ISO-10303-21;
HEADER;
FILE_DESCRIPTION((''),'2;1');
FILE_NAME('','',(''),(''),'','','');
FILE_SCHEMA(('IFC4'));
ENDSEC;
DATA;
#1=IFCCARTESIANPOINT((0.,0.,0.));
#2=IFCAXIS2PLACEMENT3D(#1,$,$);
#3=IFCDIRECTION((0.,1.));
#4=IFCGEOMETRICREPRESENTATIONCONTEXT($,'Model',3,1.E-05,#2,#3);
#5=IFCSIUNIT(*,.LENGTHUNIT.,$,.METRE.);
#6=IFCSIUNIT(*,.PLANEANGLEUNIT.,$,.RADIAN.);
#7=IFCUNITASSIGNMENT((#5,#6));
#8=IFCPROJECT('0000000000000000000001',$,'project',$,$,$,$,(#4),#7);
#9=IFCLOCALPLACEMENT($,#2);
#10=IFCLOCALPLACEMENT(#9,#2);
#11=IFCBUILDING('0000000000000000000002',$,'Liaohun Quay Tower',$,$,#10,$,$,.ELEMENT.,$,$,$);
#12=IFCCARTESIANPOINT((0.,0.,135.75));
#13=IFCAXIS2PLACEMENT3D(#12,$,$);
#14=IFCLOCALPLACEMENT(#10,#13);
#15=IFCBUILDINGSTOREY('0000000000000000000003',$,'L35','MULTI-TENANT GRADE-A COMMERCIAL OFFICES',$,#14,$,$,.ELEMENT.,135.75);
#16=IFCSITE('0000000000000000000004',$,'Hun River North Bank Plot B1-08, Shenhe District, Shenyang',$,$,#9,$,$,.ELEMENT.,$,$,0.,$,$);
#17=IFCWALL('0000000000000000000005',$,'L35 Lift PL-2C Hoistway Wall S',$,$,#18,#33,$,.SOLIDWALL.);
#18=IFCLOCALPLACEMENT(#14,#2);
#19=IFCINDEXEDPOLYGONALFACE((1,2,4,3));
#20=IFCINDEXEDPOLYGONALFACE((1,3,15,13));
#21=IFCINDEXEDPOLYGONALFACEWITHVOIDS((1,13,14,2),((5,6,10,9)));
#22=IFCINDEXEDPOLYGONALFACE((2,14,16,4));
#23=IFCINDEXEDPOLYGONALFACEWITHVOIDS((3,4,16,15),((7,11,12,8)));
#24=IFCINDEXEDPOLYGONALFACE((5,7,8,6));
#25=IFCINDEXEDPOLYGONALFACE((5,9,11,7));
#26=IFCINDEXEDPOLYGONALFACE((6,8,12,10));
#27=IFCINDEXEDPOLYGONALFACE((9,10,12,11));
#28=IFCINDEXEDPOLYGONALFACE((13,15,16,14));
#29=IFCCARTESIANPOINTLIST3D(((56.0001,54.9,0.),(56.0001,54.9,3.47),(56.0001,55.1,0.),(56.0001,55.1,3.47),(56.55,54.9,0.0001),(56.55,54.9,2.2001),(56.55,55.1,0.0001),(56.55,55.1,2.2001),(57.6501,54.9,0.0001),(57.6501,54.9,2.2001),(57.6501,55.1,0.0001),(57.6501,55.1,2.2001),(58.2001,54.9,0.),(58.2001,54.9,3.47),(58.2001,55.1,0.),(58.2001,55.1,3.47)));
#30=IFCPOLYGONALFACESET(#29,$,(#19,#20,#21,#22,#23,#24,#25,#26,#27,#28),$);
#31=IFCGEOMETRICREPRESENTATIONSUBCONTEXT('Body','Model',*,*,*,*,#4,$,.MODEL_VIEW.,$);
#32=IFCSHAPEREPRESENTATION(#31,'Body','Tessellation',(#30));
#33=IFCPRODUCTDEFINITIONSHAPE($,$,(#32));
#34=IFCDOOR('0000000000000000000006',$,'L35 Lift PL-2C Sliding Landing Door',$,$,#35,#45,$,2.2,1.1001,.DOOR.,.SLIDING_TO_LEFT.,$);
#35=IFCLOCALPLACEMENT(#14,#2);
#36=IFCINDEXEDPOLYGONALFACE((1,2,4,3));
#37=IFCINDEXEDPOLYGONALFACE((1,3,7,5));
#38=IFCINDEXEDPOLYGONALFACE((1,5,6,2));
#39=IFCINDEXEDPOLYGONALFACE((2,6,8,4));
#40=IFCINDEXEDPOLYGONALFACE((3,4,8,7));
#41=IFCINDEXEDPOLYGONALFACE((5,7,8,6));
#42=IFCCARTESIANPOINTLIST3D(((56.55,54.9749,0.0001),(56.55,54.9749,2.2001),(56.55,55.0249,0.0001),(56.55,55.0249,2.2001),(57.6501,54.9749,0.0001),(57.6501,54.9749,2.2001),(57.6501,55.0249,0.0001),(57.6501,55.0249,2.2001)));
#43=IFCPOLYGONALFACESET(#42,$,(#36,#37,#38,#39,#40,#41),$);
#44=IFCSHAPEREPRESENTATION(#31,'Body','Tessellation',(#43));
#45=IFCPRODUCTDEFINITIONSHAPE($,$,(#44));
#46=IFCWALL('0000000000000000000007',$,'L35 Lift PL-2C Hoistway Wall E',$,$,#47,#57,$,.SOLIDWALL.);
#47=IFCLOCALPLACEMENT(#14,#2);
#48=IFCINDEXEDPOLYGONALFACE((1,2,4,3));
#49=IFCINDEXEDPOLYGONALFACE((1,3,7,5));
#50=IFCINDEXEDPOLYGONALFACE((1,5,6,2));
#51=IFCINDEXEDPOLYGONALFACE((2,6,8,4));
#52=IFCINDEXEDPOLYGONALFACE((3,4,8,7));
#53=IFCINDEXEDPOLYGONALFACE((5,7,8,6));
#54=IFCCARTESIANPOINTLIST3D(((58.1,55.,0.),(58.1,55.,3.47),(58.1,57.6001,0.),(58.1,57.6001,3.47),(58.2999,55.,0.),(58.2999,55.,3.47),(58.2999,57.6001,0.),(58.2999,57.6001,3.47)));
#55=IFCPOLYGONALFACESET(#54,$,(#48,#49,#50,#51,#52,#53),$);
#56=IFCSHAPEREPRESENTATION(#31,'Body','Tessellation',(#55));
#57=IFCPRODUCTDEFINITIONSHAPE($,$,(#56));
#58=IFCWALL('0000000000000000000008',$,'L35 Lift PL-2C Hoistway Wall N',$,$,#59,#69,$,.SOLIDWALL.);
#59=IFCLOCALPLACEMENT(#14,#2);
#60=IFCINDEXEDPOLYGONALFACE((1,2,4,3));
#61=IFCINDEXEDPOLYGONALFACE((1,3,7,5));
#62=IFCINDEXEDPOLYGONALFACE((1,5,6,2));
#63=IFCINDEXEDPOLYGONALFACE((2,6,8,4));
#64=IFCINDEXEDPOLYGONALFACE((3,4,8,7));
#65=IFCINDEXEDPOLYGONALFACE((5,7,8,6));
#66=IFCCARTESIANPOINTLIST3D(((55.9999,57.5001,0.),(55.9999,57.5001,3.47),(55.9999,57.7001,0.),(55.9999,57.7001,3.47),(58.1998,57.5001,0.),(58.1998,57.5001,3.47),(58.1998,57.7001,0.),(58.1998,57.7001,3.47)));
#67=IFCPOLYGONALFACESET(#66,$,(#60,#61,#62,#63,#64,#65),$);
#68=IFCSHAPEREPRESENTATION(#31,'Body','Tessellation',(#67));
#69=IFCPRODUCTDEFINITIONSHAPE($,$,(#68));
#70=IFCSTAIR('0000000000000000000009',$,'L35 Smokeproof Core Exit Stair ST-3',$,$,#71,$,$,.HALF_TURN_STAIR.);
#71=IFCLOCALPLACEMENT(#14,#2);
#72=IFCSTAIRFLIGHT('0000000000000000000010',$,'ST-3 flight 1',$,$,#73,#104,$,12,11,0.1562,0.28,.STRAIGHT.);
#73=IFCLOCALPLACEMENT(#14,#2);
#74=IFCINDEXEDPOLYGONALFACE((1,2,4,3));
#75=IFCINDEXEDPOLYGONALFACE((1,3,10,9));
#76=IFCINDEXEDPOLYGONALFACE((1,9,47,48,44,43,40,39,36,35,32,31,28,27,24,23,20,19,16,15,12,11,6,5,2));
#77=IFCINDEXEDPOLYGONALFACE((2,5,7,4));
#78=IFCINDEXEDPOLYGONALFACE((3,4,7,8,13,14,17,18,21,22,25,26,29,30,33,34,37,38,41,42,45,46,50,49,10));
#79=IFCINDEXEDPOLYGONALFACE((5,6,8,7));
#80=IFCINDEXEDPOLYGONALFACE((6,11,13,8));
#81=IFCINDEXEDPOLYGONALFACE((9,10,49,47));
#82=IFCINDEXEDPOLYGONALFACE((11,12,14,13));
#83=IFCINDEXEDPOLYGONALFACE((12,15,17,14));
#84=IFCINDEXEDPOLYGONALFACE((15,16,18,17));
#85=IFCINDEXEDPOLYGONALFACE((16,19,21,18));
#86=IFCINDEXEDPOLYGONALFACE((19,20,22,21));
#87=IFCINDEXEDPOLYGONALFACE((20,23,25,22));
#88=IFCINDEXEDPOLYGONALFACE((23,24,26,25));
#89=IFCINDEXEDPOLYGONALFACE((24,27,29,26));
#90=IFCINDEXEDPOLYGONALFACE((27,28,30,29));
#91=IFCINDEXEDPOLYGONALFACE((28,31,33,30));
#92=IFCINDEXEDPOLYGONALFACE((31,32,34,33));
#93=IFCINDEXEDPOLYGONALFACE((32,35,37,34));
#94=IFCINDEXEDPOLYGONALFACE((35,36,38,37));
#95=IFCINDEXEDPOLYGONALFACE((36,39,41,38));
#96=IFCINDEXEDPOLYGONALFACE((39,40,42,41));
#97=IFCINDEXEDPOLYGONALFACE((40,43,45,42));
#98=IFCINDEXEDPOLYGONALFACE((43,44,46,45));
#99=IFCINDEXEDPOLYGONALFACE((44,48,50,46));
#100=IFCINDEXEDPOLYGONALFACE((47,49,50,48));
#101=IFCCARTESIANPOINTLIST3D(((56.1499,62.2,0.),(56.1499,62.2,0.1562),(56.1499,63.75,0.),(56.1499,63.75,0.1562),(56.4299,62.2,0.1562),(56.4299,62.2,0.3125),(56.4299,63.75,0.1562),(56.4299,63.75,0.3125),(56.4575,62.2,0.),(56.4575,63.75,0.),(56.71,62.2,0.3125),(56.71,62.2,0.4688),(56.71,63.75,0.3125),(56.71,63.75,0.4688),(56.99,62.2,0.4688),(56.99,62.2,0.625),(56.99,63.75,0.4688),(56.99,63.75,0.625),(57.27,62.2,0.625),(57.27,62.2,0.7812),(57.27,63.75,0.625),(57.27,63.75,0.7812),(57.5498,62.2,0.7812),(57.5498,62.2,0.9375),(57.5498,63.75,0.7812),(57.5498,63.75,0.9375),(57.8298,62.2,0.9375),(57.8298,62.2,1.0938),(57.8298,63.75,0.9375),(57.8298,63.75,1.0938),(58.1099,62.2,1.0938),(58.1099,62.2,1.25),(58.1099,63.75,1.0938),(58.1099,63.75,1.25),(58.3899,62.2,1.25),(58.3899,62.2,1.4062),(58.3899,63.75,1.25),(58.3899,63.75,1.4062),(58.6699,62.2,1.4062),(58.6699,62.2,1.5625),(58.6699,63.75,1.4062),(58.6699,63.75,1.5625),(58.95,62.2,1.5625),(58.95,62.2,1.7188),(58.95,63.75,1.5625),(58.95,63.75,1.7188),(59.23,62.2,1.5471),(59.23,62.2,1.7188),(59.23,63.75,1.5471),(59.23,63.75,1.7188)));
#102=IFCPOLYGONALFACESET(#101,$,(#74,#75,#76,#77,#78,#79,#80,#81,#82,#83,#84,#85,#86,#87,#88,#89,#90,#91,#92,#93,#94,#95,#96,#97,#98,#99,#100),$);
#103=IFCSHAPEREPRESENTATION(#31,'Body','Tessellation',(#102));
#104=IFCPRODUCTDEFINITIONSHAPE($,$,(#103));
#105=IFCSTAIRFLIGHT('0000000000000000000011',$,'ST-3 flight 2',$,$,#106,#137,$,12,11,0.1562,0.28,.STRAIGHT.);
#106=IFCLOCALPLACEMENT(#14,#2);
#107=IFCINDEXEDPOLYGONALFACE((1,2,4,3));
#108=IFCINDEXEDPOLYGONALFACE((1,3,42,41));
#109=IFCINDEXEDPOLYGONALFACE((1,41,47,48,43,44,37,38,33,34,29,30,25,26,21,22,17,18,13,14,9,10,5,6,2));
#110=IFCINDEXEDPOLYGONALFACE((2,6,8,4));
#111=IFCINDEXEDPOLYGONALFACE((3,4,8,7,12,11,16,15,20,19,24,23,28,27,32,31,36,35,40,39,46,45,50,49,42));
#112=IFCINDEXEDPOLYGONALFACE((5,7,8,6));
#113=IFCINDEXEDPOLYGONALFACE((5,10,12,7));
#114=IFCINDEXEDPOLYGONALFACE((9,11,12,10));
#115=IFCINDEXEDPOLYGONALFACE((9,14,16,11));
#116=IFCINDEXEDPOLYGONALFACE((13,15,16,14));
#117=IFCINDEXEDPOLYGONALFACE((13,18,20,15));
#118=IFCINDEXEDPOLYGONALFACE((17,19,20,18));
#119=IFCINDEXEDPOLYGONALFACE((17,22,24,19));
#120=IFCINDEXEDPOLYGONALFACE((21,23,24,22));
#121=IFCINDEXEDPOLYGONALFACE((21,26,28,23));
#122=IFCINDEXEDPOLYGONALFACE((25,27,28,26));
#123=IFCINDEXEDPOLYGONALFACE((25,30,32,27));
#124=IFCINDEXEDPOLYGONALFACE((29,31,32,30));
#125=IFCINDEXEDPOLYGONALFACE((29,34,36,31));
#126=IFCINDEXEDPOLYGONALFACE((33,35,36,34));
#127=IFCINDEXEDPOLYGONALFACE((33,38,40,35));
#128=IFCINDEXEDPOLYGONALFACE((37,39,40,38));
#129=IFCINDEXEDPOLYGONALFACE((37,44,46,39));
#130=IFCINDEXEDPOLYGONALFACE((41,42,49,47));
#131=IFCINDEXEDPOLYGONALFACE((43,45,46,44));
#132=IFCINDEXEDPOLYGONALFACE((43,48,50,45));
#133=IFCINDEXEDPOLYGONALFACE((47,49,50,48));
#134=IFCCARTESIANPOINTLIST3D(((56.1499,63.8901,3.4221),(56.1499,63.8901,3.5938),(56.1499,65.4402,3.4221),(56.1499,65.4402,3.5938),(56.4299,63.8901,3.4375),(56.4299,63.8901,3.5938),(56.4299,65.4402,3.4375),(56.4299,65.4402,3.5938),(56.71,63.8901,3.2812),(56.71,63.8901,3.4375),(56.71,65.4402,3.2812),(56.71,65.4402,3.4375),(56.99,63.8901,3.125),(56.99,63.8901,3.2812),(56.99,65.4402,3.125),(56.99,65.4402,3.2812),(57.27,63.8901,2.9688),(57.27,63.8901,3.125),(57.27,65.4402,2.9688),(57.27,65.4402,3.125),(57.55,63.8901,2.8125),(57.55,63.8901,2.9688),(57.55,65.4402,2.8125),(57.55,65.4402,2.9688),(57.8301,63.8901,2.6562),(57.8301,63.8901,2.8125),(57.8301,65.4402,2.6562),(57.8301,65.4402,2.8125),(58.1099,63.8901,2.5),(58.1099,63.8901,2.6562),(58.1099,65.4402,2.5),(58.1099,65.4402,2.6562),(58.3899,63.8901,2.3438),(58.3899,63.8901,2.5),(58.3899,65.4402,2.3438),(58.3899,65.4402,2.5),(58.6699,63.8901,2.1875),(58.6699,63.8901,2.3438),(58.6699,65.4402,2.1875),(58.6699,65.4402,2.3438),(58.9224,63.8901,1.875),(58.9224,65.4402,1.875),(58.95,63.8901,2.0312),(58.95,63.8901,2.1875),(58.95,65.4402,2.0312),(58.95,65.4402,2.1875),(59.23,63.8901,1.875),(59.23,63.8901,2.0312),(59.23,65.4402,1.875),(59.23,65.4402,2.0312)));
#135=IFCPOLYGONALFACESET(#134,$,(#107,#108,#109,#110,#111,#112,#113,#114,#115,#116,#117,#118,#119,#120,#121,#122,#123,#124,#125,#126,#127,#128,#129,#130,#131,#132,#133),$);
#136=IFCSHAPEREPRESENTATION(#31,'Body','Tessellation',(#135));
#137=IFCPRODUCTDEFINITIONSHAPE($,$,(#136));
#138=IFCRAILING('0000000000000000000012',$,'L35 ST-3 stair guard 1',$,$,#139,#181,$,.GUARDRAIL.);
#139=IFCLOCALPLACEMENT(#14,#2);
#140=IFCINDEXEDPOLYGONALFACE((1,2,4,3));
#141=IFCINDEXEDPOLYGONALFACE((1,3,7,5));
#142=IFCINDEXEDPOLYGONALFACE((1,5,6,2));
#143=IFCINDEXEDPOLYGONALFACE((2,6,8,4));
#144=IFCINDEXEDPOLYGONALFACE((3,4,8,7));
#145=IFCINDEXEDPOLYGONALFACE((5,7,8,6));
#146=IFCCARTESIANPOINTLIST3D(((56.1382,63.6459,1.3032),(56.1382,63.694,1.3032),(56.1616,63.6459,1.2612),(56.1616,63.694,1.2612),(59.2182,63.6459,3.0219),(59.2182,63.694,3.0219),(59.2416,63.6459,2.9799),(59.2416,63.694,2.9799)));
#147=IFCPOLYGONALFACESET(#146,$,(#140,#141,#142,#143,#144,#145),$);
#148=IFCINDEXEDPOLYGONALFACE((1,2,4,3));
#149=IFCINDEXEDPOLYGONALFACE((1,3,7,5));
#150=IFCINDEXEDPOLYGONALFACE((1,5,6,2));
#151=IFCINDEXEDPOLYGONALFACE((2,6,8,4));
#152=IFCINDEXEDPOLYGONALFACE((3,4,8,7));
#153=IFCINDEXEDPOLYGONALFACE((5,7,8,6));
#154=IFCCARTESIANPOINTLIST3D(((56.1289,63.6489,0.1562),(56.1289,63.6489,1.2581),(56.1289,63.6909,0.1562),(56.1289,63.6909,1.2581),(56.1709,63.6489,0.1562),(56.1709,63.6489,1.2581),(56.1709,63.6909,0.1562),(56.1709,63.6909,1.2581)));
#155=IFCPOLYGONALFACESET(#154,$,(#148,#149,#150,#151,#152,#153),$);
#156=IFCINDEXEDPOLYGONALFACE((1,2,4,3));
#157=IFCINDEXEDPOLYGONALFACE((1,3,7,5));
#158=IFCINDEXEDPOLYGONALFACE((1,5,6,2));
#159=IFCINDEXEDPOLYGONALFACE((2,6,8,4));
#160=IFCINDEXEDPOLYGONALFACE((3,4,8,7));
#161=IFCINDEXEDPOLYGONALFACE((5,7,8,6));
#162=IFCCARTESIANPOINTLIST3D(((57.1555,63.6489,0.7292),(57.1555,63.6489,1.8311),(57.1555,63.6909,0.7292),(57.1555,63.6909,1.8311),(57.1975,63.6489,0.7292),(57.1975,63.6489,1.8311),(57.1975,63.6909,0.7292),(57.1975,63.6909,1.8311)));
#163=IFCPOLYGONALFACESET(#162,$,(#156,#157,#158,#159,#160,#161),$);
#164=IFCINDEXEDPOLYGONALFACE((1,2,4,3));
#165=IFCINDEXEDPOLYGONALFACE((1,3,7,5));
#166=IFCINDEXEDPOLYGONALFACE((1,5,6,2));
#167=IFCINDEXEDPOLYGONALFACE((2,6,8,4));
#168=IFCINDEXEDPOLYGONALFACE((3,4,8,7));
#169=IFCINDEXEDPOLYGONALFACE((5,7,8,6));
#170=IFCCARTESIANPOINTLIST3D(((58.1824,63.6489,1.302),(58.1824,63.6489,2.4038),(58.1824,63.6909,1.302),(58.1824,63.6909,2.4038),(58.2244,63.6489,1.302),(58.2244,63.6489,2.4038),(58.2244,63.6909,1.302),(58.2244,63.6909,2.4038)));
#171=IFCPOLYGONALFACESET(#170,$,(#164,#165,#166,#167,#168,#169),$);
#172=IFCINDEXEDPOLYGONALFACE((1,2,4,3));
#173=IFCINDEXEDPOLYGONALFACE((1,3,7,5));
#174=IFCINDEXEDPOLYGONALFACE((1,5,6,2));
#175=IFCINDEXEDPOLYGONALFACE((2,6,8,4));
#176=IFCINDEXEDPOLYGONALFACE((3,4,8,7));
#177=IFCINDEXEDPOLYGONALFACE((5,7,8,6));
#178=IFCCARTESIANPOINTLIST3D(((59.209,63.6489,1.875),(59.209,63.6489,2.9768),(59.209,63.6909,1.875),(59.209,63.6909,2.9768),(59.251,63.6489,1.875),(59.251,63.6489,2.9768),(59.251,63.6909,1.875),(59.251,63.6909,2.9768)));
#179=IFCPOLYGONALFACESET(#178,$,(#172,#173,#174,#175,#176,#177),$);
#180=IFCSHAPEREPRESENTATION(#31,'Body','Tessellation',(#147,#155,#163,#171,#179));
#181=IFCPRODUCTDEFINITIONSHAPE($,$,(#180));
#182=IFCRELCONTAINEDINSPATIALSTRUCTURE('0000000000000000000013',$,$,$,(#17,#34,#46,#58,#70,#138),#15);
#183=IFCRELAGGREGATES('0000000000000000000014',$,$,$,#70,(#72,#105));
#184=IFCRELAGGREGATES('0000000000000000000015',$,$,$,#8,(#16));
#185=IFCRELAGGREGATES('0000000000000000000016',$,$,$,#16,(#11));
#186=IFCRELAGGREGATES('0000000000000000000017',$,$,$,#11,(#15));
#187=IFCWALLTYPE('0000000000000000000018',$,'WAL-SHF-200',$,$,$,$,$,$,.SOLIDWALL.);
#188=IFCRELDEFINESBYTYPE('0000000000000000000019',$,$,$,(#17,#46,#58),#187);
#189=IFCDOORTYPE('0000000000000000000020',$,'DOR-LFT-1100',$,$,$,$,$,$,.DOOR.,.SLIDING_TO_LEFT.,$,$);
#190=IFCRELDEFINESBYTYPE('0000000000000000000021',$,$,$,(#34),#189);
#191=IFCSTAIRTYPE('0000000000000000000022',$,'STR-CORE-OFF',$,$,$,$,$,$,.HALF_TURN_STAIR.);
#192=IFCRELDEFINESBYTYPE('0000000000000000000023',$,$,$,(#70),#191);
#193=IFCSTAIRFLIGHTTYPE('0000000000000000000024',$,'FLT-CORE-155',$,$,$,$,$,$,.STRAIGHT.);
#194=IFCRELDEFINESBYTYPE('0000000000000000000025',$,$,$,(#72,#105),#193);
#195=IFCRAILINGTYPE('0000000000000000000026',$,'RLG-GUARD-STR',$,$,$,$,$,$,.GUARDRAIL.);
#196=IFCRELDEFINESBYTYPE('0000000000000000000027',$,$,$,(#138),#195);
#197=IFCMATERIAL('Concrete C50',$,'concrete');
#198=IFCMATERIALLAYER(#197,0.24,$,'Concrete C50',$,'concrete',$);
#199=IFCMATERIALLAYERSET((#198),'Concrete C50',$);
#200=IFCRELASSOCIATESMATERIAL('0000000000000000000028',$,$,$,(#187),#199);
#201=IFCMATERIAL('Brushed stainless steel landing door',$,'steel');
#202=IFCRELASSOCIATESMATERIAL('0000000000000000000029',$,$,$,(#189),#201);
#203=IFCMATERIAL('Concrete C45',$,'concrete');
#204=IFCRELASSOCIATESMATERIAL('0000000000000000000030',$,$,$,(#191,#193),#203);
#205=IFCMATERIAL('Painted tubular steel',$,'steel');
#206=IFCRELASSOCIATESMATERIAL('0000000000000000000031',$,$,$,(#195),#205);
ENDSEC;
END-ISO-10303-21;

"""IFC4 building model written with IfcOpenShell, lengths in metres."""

from ifc_helpers import new_model, si_unit, direction, frame, frame_2d, origin, origin_2d, place, context, subcontext, project, spatial, polyline, rectangle, outline, extrude, source, transform, mapped, material, layer, layer_set, type_object, element, fill, aggregate, save


model = new_model("IFC4")

# Units and contexts
model_context = context("Model", 3, precision=1e-05, world=origin(), true_north=direction((0.0, 1.0)))
body_context = subcontext(model_context, "Body", "Model", "MODEL_VIEW")
ifc_project = project(units=[si_unit("LENGTHUNIT", "METRE"), si_unit("PLANEANGLEUNIT", "RADIAN")], contexts=[model_context])

# Site, building, storey
site_placement = place(None, origin())
site = spatial("IfcSite", under=ifc_project, at=site_placement, Name="Hun River North Bank Plot B1-08, Shenhe District, Shenyang", CompositionType="ELEMENT", RefElevation=0.0)
building_placement = place(site_placement, origin())
building = spatial("IfcBuilding", under=site, at=building_placement, Name="Liaohun Quay Tower", CompositionType="ELEMENT")
storey_placement = place(building_placement, frame((0.0, 0.0, 135.75)))
storey = spatial("IfcBuildingStorey", under=building, at=storey_placement, Name="L35", Description="MULTI-TENANT GRADE-A COMMERCIAL OFFICES", CompositionType="ELEMENT", Elevation=135.75)

# Shared definitions
ifc_material_1 = material(Name="Concrete C50", Category="concrete")
ifc_layer_1 = layer(ifc_material_1, 0.24, Name="Concrete C50", Category="concrete")
ifc_layer_set_1 = layer_set([ifc_layer_1], Name="Concrete C50")
wall_type_1 = type_object("IfcWallType", Name="WAL-SHF-200", PredefinedType="SOLIDWALL", material=ifc_layer_set_1)

# Shared definitions
shared_shape_1 = source(origin(), body_context, "Body", "SweptSolid", [
    extrude(rectangle(XDim=1.1001, YDim=2.2, at=frame_2d((0.55, 1.1001))), frame((0.0, 0.1099, 0.0), z_axis=(0.0, -1.0, 0.0), x_axis=(1.0, 0.0, 0.0)), (0.0, 0.0, 1.0), 0.22),
])
ifc_material_2 = material(Name="Brushed stainless steel landing door", Category="steel")
door_type_1 = type_object("IfcDoorType", Name="DOR-LFT-1100", OperationType="SLIDING_TO_LEFT", PredefinedType="DOOR", material=ifc_material_2)
shared_shape_2 = source(origin(), body_context, "Body", "SweptSolid", [
    extrude(rectangle(XDim=1.1001, YDim=2.2, at=frame_2d((0.55, 1.1001))), frame((0.0, 0.0249, 0.0), z_axis=(0.0, -1.0, 0.0), x_axis=(1.0, 0.0, 0.0)), (0.0, 0.0, 1.0), 0.05),
])

# Wall, opening, door
wall_1_placement = place(storey_placement, frame((56.0, 55.0, 0.0), z_axis=(0.0, 0.0, 1.0), x_axis=(1.0, 0.0, 0.0)))
wall_1 = element("IfcWall", 1, at=wall_1_placement, inside=storey, type_object=wall_type_1, Name="L35 Lift PL-2C Hoistway Wall S", PredefinedType="SOLIDWALL", context=body_context, shape_type="SweptSolid", body=[
    extrude(rectangle(XDim=2.2, YDim=0.2, at=frame_2d((1.1001, 0.0))), origin(), (0.0, 0.0, 1.0), 3.47),
])
opening_1_placement = place(wall_1_placement, frame((0.55, 0.0, 0.0)))
opening_1 = element("IfcOpeningElement", 2, at=opening_1_placement, cuts=wall_1, PredefinedType="OPENING", context=body_context, shape_type="MappedRepresentation", body=[
    mapped(shared_shape_1, transform((0.0, 0.0, 0.0), x_axis=(1.0, 0.0, 0.0), y_axis=(0.0, 1.0, 0.0), z_axis=(0.0, 0.0, 1.0), scale=1.0)),
])
door_1_placement = place(opening_1_placement, origin())
door_1 = element("IfcDoor", 3, at=door_1_placement, inside=storey, type_object=door_type_1, Name="L35 Lift PL-2C Sliding Landing Door", OperationType="SLIDING_TO_LEFT", OverallHeight=2.2, OverallWidth=1.1001, PredefinedType="DOOR", context=body_context, shape_type="MappedRepresentation", body=[
    mapped(shared_shape_2, transform((0.0, 0.0, 0.0), x_axis=(1.0, 0.0, 0.0), y_axis=(0.0, 1.0, 0.0), z_axis=(0.0, 0.0, 1.0), scale=1.0)),
])
fill(opening_1, door_1)

# Walls
wall_2_placement = place(storey_placement, frame((58.2, 55.0, 0.0), z_axis=(0.0, 0.0, 1.0), x_axis=(0.0, 1.0, 0.0)))
element("IfcWall", 4, at=wall_2_placement, inside=storey, type_object=wall_type_1, Name="L35 Lift PL-2C Hoistway Wall E", PredefinedType="SOLIDWALL", context=body_context, shape_type="SweptSolid", body=[
    extrude(rectangle(XDim=2.6001, YDim=0.2, at=frame_2d((1.3, 0.0))), origin(), (0.0, 0.0, 1.0), 3.47),
])
wall_3_placement = place(storey_placement, frame((58.2, 57.6001, 0.0), z_axis=(0.0, 0.0, 1.0), x_axis=(-1.0, 0.0, 0.0)))
element("IfcWall", 5, at=wall_3_placement, inside=storey, type_object=wall_type_1, Name="L35 Lift PL-2C Hoistway Wall N", PredefinedType="SOLIDWALL", context=body_context, shape_type="SweptSolid", body=[
    extrude(rectangle(XDim=2.2, YDim=0.2, at=frame_2d((1.1001, 0.0))), origin(), (0.0, 0.0, 1.0), 3.47),
])

# Stair, stair flights
ifc_material_3 = material(Name="Concrete C45", Category="concrete")
stair_type = type_object("IfcStairType", Name="STR-CORE-OFF", PredefinedType="HALF_TURN_STAIR", material=ifc_material_3)
stair_placement = place(storey_placement, origin())
stair = element("IfcStair", 6, at=stair_placement, inside=storey, type_object=stair_type, Name="L35 Smokeproof Core Exit Stair ST-3", PredefinedType="HALF_TURN_STAIR")
stair_flight_type = type_object("IfcStairFlightType", Name="FLT-CORE-155", PredefinedType="STRAIGHT", material=ifc_material_3)
stair_flight_1_placement = place(storey_placement, frame((56.1499, 62.9751, 0.0), z_axis=(0.0, 0.0, 1.0), x_axis=(1.0, 0.0, 0.0)))
stair_flight_1 = element("IfcStairFlight", 7, at=stair_flight_1_placement, type_object=stair_flight_type, Name="ST-3 flight 1", NumberOfRisers=12, NumberOfTreads=11, PredefinedType="STRAIGHT", RiserHeight=0.1562, TreadLength=0.28, context=body_context, shape_type="SweptSolid", body=[
    extrude(outline(polyline([(0.0, 0.0), (0.0, 0.1562), (0.28, 0.1562), (0.28, 0.3125), (0.5601, 0.3125), (0.5601, 0.4688), (0.8401, 0.4688), (0.8401, 0.625), (1.1201, 0.625), (1.1201, 0.7812), (1.3999, 0.7812), (1.3999, 0.9375), (1.6799, 0.9375), (1.6799, 1.0938), (1.96, 1.0938), (1.96, 1.25), (2.24, 1.25), (2.24, 1.4062), (2.52, 1.4062), (2.52, 1.5625), (2.8, 1.5625), (2.8, 1.7188), (3.0801, 1.7188), (3.0801, 1.875), (3.0801, 1.5471), (0.3076, 0.0), (0.0, 0.0)])), frame((0.0, 0.7749, 0.0), z_axis=(0.0, -1.0, 0.0), x_axis=(1.0, 0.0, 0.0)), (0.0, 0.0, 1.0), 1.55),
])
stair_flight_2_placement = place(storey_placement, frame((59.23, 64.665, 1.875), z_axis=(0.0, 0.0, 1.0), x_axis=(-1.0, 0.0, 0.0)))
stair_flight_2 = element("IfcStairFlight", 8, at=stair_flight_2_placement, type_object=stair_flight_type, Name="ST-3 flight 2", NumberOfRisers=12, NumberOfTreads=11, PredefinedType="STRAIGHT", RiserHeight=0.1562, TreadLength=0.28, context=body_context, shape_type="SweptSolid", body=[
    extrude(outline(polyline([(0.0, 0.0), (0.0, 0.1562), (0.28, 0.1562), (0.28, 0.3125), (0.5601, 0.3125), (0.5601, 0.4688), (0.8401, 0.4688), (0.8401, 0.625), (1.1201, 0.625), (1.1201, 0.7812), (1.3999, 0.7812), (1.3999, 0.9375), (1.6799, 0.9375), (1.6799, 1.0938), (1.96, 1.0938), (1.96, 1.25), (2.24, 1.25), (2.24, 1.4062), (2.52, 1.4062), (2.52, 1.5625), (2.8, 1.5625), (2.8, 1.7188), (3.0801, 1.7188), (3.0801, 1.875), (3.0801, 1.5471), (0.3076, 0.0), (0.0, 0.0)])), frame((0.0, 0.7749, 0.0), z_axis=(0.0, -1.0, 0.0), x_axis=(1.0, 0.0, 0.0)), (0.0, 0.0, 1.0), 1.55),
])
aggregate(stair, [stair_flight_1, stair_flight_2])

# Railing
ifc_material_4 = material(Name="Painted tubular steel", Category="steel")
railing_type_1 = type_object("IfcRailingType", Name="RLG-GUARD-STR", PredefinedType="GUARDRAIL", material=ifc_material_4)
railing_1_placement = place(storey_placement, frame((56.1499, 63.6699, 0.1562)))
element("IfcRailing", 9, at=railing_1_placement, inside=storey, type_object=railing_type_1, Name="L35 ST-3 stair guard 1", PredefinedType="GUARDRAIL", context=body_context, shape_type="SweptSolid", body=[
    extrude(rectangle(XDim=0.0481, YDim=0.0481, at=origin_2d()), frame((0.0, 0.0, 1.126), z_axis=(0.873242, 0.0, 0.487288), x_axis=(0.0, 1.0, 0.0)), (0.0, 0.0, 1.0), 3.5271),
    extrude(rectangle(XDim=0.042, YDim=0.042, at=origin_2d()), origin(), (0.0, 0.0, 1.0), 1.1018),
    extrude(rectangle(XDim=0.042, YDim=0.042, at=origin_2d()), frame((1.0266, 0.0, 0.573)), (0.0, 0.0, 1.0), 1.1018),
    extrude(rectangle(XDim=0.042, YDim=0.042, at=origin_2d()), frame((2.0535, 0.0, 1.1458)), (0.0, 0.0, 1.0), 1.1018),
    extrude(rectangle(XDim=0.042, YDim=0.042, at=origin_2d()), frame((3.0801, 0.0, 1.7188)), (0.0, 0.0, 1.0), 1.1018),
])

save(model, "model.ifc")
